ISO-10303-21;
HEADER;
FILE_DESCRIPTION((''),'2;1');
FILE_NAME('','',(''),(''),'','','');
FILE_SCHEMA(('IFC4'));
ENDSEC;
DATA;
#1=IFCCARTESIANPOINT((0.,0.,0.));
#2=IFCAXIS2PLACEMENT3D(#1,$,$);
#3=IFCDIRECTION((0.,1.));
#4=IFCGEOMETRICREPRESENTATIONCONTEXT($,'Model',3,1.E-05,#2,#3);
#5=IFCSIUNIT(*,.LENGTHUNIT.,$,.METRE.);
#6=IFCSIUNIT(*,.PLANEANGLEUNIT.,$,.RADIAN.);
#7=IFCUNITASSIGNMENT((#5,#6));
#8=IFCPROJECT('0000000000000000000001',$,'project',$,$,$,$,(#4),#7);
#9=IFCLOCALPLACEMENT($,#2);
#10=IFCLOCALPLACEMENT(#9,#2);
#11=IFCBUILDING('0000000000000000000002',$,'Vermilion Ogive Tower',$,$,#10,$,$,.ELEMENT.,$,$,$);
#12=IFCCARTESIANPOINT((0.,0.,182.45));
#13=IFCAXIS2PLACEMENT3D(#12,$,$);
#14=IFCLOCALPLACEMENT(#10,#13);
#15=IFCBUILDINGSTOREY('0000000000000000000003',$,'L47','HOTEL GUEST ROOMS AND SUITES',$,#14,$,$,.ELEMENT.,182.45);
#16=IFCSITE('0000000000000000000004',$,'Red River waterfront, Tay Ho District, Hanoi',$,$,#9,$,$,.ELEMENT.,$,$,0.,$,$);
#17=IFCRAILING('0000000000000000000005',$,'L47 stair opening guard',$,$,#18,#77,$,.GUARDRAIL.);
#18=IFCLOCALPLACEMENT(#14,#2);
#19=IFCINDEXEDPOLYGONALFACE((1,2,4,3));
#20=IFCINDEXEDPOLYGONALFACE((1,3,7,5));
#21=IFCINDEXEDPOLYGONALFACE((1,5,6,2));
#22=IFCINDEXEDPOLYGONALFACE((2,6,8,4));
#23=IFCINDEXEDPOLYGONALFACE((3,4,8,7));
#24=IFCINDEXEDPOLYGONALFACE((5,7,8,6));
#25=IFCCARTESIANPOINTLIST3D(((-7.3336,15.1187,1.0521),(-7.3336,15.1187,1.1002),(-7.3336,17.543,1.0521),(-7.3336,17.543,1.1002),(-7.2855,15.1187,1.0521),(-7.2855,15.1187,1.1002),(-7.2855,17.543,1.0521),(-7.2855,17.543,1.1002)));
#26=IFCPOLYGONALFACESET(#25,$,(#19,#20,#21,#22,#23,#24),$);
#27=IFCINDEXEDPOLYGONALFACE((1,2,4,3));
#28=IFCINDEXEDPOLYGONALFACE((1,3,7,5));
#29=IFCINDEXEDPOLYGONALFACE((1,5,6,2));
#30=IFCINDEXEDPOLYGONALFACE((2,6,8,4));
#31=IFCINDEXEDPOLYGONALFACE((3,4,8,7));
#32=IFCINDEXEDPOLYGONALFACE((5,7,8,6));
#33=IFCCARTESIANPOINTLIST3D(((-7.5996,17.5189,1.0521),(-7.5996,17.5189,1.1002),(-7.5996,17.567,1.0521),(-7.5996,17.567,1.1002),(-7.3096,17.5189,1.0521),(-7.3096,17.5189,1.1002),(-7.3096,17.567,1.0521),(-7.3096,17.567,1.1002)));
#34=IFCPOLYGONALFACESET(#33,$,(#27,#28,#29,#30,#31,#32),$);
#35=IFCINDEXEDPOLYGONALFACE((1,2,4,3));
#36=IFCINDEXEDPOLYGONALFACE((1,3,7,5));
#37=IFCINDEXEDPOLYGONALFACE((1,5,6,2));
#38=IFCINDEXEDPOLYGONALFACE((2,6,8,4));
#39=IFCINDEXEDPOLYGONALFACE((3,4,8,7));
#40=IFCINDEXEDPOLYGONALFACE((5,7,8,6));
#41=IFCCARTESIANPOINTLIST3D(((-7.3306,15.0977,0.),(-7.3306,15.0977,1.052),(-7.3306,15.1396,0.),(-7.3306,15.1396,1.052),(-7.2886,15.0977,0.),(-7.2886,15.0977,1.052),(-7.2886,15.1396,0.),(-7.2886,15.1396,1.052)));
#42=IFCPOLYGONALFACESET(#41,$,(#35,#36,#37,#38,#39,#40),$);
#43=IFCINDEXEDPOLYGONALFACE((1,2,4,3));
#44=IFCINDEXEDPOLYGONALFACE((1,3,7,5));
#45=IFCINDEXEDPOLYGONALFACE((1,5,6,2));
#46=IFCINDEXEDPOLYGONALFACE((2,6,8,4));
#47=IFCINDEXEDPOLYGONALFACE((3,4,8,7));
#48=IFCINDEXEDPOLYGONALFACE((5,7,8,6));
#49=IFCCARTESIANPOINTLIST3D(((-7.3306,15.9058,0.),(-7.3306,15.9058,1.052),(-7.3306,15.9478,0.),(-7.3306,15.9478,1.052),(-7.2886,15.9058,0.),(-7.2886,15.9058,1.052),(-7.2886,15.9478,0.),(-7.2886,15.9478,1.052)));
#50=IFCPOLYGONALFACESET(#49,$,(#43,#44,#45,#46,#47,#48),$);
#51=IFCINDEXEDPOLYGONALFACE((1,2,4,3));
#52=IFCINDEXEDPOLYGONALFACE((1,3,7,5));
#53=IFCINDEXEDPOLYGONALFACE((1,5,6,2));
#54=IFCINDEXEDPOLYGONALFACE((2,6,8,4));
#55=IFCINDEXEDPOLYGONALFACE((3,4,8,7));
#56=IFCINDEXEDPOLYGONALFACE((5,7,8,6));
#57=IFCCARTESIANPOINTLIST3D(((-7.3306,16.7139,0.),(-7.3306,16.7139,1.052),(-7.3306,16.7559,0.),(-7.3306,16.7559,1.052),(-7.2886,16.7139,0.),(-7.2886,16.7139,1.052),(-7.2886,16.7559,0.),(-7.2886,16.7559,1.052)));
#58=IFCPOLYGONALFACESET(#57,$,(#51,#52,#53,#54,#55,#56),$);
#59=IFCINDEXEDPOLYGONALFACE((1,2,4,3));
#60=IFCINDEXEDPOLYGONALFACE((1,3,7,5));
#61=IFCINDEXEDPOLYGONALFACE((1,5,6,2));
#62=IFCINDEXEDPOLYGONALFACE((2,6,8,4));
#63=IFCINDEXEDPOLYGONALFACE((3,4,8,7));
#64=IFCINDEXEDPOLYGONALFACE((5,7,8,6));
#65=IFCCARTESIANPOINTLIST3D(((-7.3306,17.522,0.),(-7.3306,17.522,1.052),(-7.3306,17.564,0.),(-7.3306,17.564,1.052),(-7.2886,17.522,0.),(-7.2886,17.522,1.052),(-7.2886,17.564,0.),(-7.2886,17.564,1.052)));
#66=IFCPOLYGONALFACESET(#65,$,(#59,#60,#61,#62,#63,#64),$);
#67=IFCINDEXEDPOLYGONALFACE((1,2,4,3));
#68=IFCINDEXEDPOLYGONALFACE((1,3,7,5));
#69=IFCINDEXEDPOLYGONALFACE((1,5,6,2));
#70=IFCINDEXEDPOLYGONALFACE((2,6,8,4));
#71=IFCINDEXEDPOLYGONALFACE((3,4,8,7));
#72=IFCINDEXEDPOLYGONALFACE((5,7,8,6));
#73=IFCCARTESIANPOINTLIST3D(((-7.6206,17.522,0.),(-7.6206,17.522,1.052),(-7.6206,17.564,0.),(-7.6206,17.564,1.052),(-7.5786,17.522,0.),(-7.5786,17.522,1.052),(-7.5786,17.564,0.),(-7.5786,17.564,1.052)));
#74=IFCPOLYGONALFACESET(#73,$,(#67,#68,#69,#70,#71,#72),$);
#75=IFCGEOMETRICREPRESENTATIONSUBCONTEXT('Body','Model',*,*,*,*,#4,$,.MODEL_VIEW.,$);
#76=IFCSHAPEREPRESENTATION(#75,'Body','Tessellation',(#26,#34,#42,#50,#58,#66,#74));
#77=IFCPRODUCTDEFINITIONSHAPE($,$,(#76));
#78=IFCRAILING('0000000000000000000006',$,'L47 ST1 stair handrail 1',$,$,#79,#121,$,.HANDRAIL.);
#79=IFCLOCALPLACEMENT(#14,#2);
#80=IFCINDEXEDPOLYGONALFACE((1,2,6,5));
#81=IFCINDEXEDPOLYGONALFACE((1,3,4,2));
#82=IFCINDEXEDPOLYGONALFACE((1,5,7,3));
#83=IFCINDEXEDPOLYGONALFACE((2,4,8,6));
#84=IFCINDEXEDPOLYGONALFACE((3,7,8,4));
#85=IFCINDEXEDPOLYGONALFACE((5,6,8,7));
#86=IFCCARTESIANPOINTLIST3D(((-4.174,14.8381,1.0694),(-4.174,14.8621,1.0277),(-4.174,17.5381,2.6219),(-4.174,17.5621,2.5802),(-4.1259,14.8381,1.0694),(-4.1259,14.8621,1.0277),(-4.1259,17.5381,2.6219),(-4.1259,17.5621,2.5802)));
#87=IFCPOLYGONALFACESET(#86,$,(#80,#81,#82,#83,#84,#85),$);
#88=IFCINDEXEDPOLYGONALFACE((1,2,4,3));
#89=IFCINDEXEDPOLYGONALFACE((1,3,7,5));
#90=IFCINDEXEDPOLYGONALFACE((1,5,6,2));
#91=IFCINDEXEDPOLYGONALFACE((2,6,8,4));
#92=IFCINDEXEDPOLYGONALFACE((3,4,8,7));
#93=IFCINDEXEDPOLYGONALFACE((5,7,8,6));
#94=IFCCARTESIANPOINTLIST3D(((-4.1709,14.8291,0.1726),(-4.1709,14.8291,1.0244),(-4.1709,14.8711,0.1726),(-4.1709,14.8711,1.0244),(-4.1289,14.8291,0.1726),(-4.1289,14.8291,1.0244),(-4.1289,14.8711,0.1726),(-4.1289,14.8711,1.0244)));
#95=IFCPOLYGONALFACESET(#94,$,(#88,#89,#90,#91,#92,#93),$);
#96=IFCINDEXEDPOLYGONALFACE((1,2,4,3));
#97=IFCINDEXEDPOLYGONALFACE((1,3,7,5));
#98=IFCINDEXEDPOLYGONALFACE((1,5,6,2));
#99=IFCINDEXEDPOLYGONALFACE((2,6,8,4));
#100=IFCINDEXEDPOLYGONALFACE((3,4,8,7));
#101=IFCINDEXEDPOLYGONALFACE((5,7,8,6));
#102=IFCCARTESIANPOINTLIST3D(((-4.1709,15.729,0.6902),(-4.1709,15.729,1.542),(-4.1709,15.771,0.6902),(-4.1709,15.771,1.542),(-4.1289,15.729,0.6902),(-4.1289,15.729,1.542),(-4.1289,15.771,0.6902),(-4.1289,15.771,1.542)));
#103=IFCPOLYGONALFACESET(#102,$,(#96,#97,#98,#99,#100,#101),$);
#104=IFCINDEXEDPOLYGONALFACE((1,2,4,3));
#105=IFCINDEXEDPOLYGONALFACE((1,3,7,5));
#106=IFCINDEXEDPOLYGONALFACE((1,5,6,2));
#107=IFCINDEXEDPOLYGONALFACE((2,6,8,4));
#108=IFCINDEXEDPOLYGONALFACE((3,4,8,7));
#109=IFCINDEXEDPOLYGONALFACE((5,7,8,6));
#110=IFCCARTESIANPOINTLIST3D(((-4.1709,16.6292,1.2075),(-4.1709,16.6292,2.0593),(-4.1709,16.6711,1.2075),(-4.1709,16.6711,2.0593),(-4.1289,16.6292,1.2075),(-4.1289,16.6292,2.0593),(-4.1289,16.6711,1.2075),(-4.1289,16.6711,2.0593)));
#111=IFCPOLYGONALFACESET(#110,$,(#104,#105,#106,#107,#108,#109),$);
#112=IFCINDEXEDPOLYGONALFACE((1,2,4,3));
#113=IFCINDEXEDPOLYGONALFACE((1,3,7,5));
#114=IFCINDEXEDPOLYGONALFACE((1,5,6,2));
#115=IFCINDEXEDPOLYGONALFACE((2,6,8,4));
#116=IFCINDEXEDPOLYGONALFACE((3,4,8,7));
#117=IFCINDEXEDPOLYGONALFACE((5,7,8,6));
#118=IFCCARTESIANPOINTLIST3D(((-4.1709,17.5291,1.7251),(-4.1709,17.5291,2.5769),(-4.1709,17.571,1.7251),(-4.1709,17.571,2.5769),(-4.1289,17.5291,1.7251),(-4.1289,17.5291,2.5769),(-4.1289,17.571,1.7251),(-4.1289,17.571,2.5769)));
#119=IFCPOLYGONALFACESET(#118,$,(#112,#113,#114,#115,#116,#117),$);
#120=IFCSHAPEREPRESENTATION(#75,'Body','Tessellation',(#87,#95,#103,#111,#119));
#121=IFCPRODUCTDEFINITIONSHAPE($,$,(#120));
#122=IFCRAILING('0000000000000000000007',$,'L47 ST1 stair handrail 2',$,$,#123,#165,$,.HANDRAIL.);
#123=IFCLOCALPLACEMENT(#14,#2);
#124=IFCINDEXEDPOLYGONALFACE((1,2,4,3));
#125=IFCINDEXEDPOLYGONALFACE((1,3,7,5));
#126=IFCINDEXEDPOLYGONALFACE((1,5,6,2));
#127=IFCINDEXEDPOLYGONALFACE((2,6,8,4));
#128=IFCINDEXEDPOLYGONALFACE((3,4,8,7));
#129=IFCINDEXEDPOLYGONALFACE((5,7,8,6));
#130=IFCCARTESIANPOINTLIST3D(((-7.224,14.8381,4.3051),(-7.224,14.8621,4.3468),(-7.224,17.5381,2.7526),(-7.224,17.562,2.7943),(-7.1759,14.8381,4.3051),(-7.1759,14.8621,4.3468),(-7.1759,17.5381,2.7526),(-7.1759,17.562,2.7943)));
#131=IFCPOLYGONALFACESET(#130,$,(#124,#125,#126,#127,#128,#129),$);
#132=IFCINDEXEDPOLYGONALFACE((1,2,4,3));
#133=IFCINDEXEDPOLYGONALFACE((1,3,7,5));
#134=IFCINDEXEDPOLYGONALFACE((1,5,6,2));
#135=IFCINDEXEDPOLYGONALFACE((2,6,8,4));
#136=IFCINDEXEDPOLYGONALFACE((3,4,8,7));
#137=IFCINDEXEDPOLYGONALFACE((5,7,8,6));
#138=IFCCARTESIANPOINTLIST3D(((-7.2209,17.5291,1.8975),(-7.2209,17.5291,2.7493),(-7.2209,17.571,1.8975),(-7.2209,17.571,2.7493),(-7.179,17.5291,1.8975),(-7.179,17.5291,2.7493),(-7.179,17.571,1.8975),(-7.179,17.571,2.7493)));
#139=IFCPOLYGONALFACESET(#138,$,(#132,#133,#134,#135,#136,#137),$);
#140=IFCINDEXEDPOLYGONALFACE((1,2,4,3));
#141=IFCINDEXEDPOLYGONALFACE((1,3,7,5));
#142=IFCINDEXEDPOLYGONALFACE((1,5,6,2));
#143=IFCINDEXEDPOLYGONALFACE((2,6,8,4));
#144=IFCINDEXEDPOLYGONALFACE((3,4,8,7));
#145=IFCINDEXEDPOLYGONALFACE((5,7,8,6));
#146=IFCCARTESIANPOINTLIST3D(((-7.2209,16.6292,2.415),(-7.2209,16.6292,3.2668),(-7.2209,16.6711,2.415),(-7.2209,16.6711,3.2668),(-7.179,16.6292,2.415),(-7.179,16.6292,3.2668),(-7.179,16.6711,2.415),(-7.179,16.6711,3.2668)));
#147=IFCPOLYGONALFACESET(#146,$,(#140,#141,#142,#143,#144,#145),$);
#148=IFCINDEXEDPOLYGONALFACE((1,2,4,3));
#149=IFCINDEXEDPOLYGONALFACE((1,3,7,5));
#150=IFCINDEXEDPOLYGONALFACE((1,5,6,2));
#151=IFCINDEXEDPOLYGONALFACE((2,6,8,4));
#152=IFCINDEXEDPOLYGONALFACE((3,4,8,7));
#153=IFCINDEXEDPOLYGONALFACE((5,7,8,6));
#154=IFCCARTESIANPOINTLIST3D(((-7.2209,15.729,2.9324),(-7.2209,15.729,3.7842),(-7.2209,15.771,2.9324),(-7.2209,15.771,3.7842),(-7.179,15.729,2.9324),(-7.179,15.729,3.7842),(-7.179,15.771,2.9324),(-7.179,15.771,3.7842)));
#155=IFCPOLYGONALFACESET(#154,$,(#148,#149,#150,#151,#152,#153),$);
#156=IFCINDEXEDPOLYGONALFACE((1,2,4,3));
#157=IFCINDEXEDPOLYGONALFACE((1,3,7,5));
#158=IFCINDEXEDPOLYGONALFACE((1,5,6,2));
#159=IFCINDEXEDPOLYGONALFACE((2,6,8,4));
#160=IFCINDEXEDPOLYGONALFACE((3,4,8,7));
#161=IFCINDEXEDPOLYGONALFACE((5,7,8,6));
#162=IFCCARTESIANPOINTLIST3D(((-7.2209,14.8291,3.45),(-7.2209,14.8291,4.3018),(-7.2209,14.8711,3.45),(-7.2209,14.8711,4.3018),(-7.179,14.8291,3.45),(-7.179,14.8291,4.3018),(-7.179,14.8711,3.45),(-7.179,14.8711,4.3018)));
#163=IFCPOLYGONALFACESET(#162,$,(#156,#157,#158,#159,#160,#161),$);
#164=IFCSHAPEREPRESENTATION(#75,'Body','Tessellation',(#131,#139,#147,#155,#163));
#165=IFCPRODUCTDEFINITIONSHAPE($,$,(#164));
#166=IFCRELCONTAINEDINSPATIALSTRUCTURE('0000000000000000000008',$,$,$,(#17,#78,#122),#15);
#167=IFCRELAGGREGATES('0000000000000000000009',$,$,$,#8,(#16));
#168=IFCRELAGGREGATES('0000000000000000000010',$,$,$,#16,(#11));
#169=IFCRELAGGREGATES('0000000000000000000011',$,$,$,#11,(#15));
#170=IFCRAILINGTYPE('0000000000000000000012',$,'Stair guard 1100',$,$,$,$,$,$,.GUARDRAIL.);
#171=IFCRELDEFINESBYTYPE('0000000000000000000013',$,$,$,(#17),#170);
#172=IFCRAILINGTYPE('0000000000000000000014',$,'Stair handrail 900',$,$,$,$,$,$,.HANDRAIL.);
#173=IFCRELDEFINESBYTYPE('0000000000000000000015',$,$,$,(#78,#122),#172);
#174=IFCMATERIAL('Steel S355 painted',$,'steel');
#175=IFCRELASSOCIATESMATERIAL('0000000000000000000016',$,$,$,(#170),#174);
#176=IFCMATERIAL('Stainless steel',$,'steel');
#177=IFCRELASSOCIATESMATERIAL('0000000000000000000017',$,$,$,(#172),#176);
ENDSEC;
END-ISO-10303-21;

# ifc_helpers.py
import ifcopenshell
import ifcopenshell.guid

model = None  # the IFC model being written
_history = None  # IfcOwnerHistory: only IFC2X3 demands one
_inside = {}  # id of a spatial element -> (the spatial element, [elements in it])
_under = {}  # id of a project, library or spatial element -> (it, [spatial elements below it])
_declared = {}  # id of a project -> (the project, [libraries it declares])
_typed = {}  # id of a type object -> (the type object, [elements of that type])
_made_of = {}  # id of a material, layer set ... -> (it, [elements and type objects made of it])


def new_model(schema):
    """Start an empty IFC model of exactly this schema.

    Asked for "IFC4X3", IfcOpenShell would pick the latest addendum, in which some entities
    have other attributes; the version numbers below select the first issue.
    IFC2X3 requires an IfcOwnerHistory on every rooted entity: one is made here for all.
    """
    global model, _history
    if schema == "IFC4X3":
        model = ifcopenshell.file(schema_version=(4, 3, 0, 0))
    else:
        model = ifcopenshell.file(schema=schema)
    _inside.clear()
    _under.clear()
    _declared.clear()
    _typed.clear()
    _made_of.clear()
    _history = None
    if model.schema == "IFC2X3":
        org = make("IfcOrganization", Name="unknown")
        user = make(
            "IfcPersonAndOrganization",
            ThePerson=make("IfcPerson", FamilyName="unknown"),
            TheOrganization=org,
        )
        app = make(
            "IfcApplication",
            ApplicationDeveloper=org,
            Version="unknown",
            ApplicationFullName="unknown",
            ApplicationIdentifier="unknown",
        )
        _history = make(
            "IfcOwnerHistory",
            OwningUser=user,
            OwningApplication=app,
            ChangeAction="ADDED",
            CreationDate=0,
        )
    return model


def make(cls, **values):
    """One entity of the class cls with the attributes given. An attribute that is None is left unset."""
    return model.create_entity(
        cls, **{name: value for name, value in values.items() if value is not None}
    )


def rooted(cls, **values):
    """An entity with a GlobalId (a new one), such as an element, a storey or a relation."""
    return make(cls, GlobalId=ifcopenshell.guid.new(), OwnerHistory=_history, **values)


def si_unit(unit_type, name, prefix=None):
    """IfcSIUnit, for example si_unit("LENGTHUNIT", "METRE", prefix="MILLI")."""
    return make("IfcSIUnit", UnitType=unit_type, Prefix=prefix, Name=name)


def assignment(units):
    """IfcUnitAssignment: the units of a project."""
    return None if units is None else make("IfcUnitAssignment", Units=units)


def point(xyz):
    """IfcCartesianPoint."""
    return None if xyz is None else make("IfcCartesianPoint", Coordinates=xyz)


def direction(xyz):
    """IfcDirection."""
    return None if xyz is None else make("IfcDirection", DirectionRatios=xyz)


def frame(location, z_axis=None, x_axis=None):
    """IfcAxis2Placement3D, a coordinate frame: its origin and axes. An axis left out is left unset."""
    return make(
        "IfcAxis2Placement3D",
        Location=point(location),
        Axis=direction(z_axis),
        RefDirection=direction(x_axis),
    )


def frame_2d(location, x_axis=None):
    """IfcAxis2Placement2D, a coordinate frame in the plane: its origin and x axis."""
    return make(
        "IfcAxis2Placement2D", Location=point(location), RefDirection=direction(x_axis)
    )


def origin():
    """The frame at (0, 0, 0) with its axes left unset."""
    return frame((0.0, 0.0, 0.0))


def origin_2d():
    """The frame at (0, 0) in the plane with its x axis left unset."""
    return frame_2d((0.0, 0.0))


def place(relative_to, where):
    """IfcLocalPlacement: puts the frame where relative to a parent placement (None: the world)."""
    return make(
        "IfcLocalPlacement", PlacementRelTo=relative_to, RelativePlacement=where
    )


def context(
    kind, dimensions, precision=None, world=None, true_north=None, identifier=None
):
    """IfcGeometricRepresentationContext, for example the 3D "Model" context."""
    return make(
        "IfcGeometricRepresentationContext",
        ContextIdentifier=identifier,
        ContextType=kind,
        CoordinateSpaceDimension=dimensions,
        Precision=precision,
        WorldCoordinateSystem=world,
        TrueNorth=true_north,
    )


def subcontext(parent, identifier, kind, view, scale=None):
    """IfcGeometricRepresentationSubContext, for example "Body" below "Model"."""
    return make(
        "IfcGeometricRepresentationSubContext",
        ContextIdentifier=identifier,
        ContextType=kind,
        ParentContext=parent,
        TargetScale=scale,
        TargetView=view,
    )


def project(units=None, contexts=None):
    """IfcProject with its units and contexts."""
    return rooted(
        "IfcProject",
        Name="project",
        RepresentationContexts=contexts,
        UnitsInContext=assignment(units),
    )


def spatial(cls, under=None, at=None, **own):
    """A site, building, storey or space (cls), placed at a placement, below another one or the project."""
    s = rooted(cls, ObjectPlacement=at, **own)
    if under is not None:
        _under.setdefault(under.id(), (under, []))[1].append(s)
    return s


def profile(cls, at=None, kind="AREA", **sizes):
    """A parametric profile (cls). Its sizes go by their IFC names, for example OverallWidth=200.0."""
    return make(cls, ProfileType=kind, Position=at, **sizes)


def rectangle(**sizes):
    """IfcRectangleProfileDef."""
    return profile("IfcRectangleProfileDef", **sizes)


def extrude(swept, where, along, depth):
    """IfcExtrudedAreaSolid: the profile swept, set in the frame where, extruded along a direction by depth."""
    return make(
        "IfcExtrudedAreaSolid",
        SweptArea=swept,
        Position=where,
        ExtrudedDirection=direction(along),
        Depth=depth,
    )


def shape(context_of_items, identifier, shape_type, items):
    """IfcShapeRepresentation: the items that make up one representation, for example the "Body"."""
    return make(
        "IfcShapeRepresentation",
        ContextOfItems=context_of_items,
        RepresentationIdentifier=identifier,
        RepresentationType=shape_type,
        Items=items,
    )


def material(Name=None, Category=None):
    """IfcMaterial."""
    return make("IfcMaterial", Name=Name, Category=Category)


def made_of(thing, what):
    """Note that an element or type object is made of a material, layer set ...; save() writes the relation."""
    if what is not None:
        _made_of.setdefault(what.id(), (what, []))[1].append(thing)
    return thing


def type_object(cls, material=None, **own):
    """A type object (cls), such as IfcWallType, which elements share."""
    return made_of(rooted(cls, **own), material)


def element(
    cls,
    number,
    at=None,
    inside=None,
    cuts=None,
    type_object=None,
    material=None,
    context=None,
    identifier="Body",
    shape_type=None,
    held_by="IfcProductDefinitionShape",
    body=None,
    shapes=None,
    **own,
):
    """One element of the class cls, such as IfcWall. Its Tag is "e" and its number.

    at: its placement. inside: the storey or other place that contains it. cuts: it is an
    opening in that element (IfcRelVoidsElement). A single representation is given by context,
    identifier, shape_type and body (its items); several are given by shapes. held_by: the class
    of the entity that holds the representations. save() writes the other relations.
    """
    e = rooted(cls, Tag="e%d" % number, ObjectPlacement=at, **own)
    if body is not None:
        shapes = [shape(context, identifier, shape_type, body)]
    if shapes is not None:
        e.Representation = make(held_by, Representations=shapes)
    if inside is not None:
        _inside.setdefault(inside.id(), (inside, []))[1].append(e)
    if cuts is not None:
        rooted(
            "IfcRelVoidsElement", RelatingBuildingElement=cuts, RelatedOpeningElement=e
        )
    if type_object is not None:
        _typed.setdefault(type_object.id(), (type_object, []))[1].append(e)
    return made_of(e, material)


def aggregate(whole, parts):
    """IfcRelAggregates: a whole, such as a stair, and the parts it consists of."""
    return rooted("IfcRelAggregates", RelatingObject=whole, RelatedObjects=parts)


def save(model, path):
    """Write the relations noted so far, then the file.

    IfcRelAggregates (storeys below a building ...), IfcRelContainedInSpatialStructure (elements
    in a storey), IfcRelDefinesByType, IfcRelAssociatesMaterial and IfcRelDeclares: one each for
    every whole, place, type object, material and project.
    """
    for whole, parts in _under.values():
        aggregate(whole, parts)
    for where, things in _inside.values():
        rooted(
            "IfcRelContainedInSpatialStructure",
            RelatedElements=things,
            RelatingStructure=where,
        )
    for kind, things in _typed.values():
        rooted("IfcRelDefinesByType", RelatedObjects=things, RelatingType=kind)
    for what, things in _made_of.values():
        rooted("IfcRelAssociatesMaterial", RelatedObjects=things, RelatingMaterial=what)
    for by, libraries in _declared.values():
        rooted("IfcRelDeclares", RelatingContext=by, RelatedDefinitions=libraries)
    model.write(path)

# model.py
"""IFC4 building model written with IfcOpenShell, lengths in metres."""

from ifc_helpers import new_model, si_unit, direction, frame, origin, origin_2d, place, context, subcontext, project, spatial, rectangle, extrude, material, type_object, element, save


model = new_model("IFC4")

# Units and contexts
model_context = context("Model", 3, precision=1e-05, world=origin(), true_north=direction((0.0, 1.0)))
body_context = subcontext(model_context, "Body", "Model", "MODEL_VIEW")
ifc_project = project(units=[si_unit("LENGTHUNIT", "METRE"), si_unit("PLANEANGLEUNIT", "RADIAN")], contexts=[model_context])

# Site, building, storey
site_placement = place(None, origin())
site = spatial("IfcSite", under=ifc_project, at=site_placement, Name="Red River waterfront, Tay Ho District, Hanoi", CompositionType="ELEMENT", RefElevation=0.0)
building_placement = place(site_placement, origin())
building = spatial("IfcBuilding", under=site, at=building_placement, Name="Vermilion Ogive Tower", CompositionType="ELEMENT")
storey_placement = place(building_placement, frame((0.0, 0.0, 182.45)))
storey = spatial("IfcBuildingStorey", under=building, at=storey_placement, Name="L47", Description="HOTEL GUEST ROOMS AND SUITES", CompositionType="ELEMENT", Elevation=182.45)

# Railings
ifc_material_1 = material(Name="Steel S355 painted", Category="steel")
railing_type_1 = type_object("IfcRailingType", Name="Stair guard 1100", PredefinedType="GUARDRAIL", material=ifc_material_1)
railing_1_placement = place(storey_placement, frame((-7.3096, 15.1187, 0.0)))
element("IfcRailing", 1, at=railing_1_placement, inside=storey, type_object=railing_type_1, Name="L47 stair opening guard", PredefinedType="GUARDRAIL", context=body_context, shape_type="SweptSolid", body=[
    extrude(rectangle(XDim=0.0481, YDim=0.0481, at=origin_2d()), frame((0.0, 0.0, 1.0762), z_axis=(0.0, 1.0, 0.0), x_axis=(-1.0, 0.0, 0.0)), (0.0, 0.0, 1.0), 2.4243),
    extrude(rectangle(XDim=0.0481, YDim=0.0481, at=origin_2d()), frame((0.0, 2.4243, 1.0762), z_axis=(-1.0, 0.0, 0.0), x_axis=(0.0, -1.0, 0.0)), (0.0, 0.0, 1.0), 0.29),
    extrude(rectangle(XDim=0.042, YDim=0.042, at=origin_2d()), origin(), (0.0, 0.0, 1.0), 1.052),
    extrude(rectangle(XDim=0.042, YDim=0.042, at=origin_2d()), frame((0.0, 0.8081, 0.0)), (0.0, 0.0, 1.0), 1.052),
    extrude(rectangle(XDim=0.042, YDim=0.042, at=origin_2d()), frame((0.0, 1.6162, 0.0)), (0.0, 0.0, 1.0), 1.052),
    extrude(rectangle(XDim=0.042, YDim=0.042, at=origin_2d()), frame((0.0, 2.4243, 0.0)), (0.0, 0.0, 1.0), 1.052),
    extrude(rectangle(XDim=0.042, YDim=0.042, at=origin_2d()), frame((-0.29, 2.4243, 0.0)), (0.0, 0.0, 1.0), 1.052),
])
ifc_material_2 = material(Name="Stainless steel", Category="steel")
railing_type_2 = type_object("IfcRailingType", Name="Stair handrail 900", PredefinedType="HANDRAIL", material=ifc_material_2)
railing_2_placement = place(storey_placement, frame((-4.1499, 14.8501, 0.1726)))
element("IfcRailing", 2, at=railing_2_placement, inside=storey, type_object=railing_type_2, Name="L47 ST1 stair handrail 1", PredefinedType="HANDRAIL", context=body_context, shape_type="SweptSolid", body=[
    extrude(rectangle(XDim=0.0481, YDim=0.0481, at=origin_2d()), frame((0.0, 0.0, 0.876), z_axis=(0.0, 0.866904, 0.498476), x_axis=(-1.0, 0.0, 0.0)), (0.0, 0.0, 1.0), 3.1145),
    extrude(rectangle(XDim=0.042, YDim=0.042, at=origin_2d()), origin(), (0.0, 0.0, 1.0), 0.8518),
    extrude(rectangle(XDim=0.042, YDim=0.042, at=origin_2d()), frame((0.0, 0.8999, 0.5176)), (0.0, 0.0, 1.0), 0.8518),
    extrude(rectangle(XDim=0.042, YDim=0.042, at=origin_2d()), frame((0.0, 1.8, 1.0349)), (0.0, 0.0, 1.0), 0.8518),
    extrude(rectangle(XDim=0.042, YDim=0.042, at=origin_2d()), frame((0.0, 2.7, 1.5525)), (0.0, 0.0, 1.0), 0.8518),
])
railing_3_placement = place(storey_placement, frame((-7.2, 17.55, 1.8975)))
element("IfcRailing", 3, at=railing_3_placement, inside=storey, type_object=railing_type_2, Name="L47 ST1 stair handrail 2", PredefinedType="HANDRAIL", context=body_context, shape_type="SweptSolid", body=[
    extrude(rectangle(XDim=0.0481, YDim=0.0481, at=origin_2d()), frame((0.0, 0.0, 0.876), z_axis=(0.0, -0.866904, 0.498476), x_axis=(1.0, 0.0, 0.0)), (0.0, 0.0, 1.0), 3.1145),
    extrude(rectangle(XDim=0.042, YDim=0.042, at=origin_2d()), origin(), (0.0, 0.0, 1.0), 0.8518),
    extrude(rectangle(XDim=0.042, YDim=0.042, at=origin_2d()), frame((0.0, -0.8999, 0.5176)), (0.0, 0.0, 1.0), 0.8518),
    extrude(rectangle(XDim=0.042, YDim=0.042, at=origin_2d()), frame((0.0, -1.8, 1.0349)), (0.0, 0.0, 1.0), 0.8518),
    extrude(rectangle(XDim=0.042, YDim=0.042, at=origin_2d()), frame((0.0, -2.7, 1.5525)), (0.0, 0.0, 1.0), 0.8518),
])

save(model, "model.ifc")
